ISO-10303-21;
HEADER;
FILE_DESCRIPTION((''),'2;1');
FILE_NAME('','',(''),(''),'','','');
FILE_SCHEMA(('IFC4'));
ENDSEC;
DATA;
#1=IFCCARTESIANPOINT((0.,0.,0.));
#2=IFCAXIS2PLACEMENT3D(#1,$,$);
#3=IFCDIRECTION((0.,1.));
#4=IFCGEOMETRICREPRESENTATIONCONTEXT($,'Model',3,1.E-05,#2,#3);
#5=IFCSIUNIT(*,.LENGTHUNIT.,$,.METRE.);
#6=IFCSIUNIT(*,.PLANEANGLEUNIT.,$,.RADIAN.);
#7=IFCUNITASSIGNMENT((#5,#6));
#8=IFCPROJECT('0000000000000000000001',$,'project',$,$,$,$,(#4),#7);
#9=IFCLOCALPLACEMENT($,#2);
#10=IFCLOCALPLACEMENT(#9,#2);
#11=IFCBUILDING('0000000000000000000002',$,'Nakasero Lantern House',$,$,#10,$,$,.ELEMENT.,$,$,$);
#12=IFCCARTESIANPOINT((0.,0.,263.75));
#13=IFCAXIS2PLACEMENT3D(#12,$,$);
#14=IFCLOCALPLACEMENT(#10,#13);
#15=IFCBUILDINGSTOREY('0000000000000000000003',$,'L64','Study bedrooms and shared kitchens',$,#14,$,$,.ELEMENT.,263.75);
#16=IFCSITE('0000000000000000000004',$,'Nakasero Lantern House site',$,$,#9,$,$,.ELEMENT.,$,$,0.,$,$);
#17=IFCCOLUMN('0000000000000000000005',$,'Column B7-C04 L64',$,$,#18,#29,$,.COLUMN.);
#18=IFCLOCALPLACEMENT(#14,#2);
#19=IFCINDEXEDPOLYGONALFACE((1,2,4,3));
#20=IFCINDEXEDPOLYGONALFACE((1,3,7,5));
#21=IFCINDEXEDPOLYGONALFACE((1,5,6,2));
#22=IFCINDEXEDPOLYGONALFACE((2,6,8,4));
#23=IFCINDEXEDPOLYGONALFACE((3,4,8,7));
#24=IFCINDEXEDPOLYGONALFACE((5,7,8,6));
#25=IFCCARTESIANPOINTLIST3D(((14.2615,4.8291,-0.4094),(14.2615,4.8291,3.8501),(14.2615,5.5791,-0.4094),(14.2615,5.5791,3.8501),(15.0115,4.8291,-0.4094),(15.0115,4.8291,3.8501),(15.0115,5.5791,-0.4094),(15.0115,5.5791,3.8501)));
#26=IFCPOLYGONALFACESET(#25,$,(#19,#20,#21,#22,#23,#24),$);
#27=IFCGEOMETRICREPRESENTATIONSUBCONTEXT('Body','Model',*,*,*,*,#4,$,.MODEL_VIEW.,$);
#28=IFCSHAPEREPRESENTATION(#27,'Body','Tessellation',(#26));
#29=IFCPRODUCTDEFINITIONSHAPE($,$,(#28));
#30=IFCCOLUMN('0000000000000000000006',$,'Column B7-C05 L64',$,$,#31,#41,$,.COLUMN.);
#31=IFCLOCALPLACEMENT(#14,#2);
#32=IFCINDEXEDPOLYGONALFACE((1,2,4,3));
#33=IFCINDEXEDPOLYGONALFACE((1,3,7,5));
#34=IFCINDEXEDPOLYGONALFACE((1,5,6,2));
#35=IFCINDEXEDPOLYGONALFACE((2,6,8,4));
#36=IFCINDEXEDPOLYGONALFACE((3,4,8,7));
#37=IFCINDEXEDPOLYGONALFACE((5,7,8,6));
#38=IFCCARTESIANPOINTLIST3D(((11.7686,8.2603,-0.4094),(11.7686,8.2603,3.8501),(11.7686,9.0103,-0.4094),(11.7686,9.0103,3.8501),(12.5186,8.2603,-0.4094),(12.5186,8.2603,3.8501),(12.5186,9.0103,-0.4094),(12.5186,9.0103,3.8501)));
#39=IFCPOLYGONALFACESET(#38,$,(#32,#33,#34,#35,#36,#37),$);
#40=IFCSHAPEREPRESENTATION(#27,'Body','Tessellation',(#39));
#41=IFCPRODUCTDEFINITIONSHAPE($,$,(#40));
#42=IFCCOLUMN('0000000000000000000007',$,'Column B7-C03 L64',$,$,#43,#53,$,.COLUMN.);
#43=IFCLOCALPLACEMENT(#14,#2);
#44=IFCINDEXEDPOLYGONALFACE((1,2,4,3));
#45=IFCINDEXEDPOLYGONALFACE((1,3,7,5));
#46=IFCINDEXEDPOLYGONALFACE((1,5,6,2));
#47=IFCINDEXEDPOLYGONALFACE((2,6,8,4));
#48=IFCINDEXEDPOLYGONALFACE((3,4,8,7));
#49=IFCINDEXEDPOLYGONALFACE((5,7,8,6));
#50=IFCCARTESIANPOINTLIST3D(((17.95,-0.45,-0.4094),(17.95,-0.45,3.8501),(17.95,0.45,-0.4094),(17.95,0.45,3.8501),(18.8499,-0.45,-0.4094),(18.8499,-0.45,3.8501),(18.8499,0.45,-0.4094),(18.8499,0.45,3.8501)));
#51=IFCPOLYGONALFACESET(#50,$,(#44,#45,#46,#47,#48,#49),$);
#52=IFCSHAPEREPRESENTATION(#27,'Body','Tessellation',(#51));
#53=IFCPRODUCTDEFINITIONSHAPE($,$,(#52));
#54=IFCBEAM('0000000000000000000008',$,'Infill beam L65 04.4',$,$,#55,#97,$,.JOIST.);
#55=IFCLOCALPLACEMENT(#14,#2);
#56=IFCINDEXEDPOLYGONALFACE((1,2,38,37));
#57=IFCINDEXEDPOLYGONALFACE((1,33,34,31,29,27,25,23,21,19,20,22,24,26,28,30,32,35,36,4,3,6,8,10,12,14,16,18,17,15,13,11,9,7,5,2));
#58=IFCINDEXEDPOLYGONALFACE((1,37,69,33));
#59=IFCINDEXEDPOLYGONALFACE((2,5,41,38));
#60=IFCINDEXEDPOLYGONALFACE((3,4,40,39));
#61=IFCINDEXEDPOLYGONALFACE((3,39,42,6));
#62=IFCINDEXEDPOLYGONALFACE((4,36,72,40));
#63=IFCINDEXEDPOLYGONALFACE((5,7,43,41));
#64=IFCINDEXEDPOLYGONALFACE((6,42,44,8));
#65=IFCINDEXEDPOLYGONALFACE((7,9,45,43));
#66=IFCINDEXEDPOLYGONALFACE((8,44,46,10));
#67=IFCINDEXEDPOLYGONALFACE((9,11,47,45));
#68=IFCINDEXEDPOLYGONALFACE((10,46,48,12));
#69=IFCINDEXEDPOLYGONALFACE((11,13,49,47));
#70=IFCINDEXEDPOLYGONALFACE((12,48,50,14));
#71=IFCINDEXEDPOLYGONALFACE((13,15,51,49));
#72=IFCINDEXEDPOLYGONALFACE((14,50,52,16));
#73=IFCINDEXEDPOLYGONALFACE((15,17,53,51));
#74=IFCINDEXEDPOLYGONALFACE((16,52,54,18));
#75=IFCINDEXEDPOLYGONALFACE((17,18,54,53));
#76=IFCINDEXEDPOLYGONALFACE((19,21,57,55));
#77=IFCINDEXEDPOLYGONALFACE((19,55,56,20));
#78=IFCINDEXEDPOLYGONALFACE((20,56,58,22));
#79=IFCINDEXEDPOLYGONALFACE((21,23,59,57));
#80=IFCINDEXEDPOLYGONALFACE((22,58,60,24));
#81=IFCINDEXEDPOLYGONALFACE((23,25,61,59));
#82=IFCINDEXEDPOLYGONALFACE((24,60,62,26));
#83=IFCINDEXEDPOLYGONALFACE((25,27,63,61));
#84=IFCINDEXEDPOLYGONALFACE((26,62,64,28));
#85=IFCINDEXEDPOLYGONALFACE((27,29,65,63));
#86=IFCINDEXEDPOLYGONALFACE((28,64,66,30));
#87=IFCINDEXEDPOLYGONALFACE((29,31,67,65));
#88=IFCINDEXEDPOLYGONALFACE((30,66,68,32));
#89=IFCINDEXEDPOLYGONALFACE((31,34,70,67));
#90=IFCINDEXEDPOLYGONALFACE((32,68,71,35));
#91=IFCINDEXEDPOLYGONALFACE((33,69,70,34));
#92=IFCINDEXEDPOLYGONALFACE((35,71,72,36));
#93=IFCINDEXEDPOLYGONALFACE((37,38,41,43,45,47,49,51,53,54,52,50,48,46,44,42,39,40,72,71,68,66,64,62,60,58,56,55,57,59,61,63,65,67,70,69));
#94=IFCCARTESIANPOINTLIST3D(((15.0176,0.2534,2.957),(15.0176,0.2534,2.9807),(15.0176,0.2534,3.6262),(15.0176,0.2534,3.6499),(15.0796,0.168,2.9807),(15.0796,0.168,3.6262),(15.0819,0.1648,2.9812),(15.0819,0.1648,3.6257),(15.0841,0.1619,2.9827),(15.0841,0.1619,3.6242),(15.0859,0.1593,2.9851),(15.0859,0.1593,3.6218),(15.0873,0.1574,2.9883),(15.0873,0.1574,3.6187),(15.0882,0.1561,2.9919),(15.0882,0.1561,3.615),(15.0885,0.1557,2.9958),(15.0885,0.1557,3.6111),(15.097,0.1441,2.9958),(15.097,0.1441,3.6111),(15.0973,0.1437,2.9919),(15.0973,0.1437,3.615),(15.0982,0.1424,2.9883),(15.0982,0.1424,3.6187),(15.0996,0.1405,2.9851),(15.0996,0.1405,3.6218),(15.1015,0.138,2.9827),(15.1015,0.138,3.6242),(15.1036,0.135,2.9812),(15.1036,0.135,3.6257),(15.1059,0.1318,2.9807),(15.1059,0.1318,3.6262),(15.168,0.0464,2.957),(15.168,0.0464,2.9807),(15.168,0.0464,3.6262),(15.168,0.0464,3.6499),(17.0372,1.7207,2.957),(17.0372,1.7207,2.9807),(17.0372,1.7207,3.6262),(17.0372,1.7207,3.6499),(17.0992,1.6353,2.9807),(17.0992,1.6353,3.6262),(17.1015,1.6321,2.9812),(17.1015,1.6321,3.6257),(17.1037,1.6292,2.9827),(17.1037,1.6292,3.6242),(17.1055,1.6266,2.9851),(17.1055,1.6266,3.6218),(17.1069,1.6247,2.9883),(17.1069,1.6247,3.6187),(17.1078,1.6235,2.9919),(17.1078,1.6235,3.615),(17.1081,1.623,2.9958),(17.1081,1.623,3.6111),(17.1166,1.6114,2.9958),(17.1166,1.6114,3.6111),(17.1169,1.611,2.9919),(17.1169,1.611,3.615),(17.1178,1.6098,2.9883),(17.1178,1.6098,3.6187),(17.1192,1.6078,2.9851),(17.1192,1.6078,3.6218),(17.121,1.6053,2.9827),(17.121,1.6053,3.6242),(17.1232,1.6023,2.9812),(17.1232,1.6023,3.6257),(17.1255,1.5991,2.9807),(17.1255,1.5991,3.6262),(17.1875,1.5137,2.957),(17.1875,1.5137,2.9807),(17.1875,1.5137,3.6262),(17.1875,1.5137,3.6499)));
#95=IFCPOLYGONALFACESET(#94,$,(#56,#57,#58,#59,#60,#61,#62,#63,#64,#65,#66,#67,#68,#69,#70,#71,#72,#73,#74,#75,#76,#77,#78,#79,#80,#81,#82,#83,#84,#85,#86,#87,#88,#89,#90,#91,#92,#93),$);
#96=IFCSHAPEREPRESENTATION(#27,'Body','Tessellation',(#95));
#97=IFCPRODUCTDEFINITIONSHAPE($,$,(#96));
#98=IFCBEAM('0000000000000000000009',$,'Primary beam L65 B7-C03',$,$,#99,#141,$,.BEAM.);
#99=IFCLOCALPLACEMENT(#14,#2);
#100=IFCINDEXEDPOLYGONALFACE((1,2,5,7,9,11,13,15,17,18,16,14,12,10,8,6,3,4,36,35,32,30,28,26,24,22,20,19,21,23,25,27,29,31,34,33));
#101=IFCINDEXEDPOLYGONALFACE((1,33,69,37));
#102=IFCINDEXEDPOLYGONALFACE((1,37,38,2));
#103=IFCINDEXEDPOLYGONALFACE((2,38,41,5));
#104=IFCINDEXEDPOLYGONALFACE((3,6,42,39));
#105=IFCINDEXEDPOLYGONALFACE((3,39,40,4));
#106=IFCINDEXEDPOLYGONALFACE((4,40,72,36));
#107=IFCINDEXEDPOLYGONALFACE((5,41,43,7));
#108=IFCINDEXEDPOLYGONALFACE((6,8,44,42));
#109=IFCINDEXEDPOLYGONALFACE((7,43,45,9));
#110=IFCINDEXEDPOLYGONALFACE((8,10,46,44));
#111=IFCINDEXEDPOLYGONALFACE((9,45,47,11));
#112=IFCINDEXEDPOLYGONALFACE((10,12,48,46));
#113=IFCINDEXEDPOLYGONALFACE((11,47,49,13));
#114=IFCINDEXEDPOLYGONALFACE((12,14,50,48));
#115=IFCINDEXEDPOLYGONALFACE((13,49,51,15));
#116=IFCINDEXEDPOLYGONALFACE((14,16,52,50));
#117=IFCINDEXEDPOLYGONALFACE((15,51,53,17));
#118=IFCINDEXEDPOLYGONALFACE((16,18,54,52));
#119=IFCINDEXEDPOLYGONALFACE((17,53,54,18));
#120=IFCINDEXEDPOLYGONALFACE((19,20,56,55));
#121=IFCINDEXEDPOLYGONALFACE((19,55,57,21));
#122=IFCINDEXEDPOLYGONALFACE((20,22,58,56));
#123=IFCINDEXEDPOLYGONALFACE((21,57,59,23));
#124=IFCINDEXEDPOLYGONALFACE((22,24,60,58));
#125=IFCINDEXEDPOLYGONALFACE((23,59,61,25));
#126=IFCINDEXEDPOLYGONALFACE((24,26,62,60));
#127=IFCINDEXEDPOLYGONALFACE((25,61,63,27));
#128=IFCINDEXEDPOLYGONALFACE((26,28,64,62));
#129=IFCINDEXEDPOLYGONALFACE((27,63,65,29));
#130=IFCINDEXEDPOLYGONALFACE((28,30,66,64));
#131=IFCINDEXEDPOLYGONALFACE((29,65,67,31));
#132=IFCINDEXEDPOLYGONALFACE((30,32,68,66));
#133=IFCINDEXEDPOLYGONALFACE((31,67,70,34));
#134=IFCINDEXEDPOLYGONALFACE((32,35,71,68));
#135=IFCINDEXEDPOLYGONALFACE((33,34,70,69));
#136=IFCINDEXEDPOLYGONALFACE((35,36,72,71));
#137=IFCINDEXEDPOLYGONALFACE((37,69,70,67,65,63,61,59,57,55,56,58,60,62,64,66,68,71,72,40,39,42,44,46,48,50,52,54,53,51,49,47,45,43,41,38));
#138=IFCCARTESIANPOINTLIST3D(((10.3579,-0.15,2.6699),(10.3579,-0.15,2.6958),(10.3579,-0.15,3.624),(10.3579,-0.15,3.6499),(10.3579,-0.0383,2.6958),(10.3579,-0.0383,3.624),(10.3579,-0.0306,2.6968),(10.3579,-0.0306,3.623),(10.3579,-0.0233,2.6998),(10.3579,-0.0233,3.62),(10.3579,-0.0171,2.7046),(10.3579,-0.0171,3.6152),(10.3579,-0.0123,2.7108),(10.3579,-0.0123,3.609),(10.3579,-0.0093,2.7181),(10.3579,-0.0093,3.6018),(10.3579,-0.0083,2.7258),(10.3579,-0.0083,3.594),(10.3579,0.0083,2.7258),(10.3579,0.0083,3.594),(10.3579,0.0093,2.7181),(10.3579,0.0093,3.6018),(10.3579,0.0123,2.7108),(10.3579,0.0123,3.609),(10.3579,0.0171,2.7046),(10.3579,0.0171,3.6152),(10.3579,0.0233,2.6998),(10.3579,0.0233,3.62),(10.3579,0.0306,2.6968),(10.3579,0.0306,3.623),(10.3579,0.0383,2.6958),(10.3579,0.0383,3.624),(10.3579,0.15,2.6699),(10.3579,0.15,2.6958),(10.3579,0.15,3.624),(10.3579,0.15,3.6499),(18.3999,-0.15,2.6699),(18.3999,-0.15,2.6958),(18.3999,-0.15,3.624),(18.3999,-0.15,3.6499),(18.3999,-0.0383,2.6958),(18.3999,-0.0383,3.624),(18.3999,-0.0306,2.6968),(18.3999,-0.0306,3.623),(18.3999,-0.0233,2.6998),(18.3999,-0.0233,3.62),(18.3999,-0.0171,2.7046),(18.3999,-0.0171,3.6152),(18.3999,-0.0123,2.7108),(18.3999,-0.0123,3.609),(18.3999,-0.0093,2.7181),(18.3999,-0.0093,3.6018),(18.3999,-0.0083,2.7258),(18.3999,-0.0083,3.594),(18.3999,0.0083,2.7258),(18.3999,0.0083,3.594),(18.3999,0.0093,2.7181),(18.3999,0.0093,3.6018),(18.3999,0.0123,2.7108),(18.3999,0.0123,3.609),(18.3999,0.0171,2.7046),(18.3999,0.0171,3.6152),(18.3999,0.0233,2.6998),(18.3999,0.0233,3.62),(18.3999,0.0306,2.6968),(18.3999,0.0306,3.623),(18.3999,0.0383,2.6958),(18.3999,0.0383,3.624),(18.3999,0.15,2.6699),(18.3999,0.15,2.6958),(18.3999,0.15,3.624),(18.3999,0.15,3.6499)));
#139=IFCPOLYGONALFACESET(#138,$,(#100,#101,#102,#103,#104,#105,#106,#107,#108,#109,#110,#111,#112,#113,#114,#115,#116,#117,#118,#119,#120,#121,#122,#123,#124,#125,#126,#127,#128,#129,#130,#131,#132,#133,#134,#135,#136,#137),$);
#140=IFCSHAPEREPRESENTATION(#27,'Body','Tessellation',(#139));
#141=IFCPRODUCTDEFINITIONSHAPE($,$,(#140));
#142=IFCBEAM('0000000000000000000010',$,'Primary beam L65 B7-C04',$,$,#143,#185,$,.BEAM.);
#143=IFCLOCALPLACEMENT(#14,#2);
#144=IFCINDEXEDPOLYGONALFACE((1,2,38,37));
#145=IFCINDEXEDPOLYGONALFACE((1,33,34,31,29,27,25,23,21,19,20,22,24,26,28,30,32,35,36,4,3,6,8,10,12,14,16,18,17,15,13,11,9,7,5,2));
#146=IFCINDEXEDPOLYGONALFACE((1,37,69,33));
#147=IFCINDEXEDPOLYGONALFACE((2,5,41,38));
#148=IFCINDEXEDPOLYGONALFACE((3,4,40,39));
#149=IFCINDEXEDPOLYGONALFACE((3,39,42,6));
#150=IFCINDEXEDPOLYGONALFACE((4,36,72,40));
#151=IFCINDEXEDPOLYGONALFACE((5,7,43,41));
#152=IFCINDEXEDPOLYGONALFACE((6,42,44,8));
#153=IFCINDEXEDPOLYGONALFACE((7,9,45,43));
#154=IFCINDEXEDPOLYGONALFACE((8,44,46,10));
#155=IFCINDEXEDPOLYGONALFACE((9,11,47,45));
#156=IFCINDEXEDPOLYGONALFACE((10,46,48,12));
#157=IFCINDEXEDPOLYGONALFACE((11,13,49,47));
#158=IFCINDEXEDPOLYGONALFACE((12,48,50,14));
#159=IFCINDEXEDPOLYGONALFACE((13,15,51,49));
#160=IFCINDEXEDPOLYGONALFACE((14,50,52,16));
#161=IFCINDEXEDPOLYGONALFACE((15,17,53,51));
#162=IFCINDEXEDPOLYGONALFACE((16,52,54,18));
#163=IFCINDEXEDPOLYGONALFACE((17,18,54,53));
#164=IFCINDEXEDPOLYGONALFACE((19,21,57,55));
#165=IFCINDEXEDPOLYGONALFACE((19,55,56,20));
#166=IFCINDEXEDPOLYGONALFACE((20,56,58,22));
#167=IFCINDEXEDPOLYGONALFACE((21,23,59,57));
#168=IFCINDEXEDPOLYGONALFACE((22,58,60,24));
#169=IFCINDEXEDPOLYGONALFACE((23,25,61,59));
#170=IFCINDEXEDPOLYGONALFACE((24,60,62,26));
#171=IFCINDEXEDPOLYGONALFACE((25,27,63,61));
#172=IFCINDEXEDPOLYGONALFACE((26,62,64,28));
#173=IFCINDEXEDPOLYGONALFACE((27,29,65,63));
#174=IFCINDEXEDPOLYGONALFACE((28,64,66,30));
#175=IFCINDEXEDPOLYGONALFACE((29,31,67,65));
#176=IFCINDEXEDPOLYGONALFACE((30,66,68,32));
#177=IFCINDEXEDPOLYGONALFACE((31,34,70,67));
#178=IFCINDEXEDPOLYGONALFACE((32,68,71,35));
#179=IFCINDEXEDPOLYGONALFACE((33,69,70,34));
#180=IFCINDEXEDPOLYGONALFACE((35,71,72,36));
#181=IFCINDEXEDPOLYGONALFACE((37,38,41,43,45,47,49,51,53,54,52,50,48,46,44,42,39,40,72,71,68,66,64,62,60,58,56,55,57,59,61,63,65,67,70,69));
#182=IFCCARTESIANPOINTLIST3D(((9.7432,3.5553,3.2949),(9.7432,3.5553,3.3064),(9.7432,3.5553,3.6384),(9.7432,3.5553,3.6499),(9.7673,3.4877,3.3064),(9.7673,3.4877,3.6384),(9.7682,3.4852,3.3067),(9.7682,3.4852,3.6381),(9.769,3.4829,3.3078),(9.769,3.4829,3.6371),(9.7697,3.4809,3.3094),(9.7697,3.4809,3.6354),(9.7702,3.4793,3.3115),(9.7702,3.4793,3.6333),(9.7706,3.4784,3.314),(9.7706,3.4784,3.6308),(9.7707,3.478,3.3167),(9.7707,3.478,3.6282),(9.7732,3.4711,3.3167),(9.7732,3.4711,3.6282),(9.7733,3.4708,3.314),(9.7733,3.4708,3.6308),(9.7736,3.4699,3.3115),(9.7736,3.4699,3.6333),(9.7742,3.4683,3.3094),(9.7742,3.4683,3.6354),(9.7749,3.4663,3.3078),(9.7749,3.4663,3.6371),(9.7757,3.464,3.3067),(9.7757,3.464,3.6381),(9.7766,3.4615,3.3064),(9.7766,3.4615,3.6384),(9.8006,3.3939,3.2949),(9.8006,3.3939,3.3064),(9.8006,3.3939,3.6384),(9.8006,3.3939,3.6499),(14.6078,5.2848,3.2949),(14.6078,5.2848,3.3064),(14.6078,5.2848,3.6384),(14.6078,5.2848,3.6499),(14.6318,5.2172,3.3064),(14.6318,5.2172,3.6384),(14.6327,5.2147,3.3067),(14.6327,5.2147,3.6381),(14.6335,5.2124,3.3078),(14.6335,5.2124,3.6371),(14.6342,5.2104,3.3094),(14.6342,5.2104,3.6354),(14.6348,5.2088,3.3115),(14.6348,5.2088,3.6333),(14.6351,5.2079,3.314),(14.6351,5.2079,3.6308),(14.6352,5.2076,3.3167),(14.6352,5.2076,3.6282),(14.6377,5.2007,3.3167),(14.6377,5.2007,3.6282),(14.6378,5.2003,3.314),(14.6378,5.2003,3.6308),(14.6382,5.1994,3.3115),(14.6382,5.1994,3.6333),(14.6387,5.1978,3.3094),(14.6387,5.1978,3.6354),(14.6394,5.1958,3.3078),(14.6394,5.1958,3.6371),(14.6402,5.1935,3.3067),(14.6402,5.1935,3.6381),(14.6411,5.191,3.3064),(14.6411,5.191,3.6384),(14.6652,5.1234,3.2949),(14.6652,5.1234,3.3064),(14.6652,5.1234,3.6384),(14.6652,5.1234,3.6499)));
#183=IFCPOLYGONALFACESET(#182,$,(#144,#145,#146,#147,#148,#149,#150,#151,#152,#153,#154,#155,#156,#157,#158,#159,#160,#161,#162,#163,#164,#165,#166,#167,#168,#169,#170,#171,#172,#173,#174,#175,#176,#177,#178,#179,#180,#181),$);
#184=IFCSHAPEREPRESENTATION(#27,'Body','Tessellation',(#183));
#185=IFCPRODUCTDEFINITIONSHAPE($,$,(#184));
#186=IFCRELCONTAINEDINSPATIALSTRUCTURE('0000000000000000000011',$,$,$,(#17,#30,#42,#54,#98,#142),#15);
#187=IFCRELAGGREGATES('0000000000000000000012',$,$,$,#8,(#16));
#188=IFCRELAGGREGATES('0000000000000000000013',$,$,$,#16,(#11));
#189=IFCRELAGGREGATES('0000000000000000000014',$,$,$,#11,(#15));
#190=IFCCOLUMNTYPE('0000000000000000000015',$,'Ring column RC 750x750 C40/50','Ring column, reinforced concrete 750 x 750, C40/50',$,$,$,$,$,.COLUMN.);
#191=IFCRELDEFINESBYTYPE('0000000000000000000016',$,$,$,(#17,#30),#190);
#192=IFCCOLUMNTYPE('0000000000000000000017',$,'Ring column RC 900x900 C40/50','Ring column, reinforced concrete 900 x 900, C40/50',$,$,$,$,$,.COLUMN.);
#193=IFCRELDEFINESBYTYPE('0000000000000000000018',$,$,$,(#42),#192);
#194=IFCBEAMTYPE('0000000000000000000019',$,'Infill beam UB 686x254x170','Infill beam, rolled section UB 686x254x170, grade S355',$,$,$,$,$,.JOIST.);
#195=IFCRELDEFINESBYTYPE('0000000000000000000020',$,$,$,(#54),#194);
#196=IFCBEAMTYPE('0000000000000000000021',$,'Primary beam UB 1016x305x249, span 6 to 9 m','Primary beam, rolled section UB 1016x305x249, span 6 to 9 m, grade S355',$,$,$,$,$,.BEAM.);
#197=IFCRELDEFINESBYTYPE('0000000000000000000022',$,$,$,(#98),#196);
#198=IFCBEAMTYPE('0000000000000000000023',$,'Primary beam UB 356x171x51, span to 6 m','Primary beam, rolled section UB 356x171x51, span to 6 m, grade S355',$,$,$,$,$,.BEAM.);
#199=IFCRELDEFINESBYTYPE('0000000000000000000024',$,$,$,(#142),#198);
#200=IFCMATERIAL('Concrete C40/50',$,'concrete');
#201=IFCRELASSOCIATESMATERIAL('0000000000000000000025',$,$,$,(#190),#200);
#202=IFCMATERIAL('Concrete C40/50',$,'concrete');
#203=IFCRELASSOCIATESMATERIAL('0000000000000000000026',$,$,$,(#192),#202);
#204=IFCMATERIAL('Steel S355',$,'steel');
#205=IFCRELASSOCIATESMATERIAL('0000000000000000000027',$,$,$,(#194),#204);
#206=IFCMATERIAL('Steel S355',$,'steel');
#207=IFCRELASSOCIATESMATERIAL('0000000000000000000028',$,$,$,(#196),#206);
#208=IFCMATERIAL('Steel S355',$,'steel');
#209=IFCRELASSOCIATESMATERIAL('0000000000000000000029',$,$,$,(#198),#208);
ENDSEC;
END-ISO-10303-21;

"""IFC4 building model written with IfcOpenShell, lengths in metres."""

from ifc_helpers import new_model, si_unit, direction, frame, origin, origin_2d, place, context, subcontext, project, spatial, rectangle, i_section, extrude, material, material_profile, profile_set, type_object, element, save


model = new_model("IFC4")

# Units and contexts
model_context = context("Model", 3, precision=1e-05, world=origin(), true_north=direction((0.0, 1.0)))
body_context = subcontext(model_context, "Body", "Model", "MODEL_VIEW")
ifc_project = project(units=[si_unit("LENGTHUNIT", "METRE"), si_unit("PLANEANGLEUNIT", "RADIAN")], contexts=[model_context])

# Site, building, storey
site_placement = place(None, origin())
site = spatial("IfcSite", under=ifc_project, at=site_placement, Name="Nakasero Lantern House site", CompositionType="ELEMENT", RefElevation=0.0)
building_placement = place(site_placement, origin())
building = spatial("IfcBuilding", under=site, at=building_placement, Name="Nakasero Lantern House", CompositionType="ELEMENT")
storey_placement = place(building_placement, frame((0.0, 0.0, 263.75)))
storey = spatial("IfcBuildingStorey", under=building, at=storey_placement, Name="L64", Description="Study bedrooms and shared kitchens", CompositionType="ELEMENT", Elevation=263.75)

# Columns
ifc_material_1 = material(Name="Concrete C40/50", Category="concrete")
ifc_material_profile_1 = material_profile(ifc_material_1, rectangle(XDim=0.75, YDim=0.75, at=origin_2d()), Name="RC 750x750")
ifc_profile_set_1 = profile_set([ifc_material_profile_1], Name="Concrete C40/50")
column_type_1 = type_object("IfcColumnType", Name="Ring column RC 750x750 C40/50", Description="Ring column, reinforced concrete 750 x 750, C40/50", PredefinedType="COLUMN", material=ifc_profile_set_1)
for number, where, z_axis, x_axis, name in (
    (1, (14.6365, 5.2041, -0.4094), (0.0, 0.0, 1.0), (1.0, 0.0, 0.0), "Column B7-C04 L64"),
    (2, (12.1436, 8.6353, -0.4094), (0.0, 0.0, 1.0), (1.0, 0.0, 0.0), "Column B7-C05 L64"),
):
    element("IfcColumn", number, at=place(storey_placement, frame(where, z_axis=z_axis, x_axis=x_axis)), inside=storey, type_object=column_type_1, Name=name, PredefinedType="COLUMN", context=body_context, shape_type="SweptSolid", body=[
        extrude(rectangle(XDim=0.75, YDim=0.75, at=origin_2d()), origin(), (0.0, 0.0, 1.0), 4.2595),
    ])
ifc_material_2 = material(Name="Concrete C40/50", Category="concrete")
ifc_material_profile_2 = material_profile(ifc_material_2, rectangle(XDim=0.8999, YDim=0.8999, at=origin_2d()), Name="RC 900x900")
ifc_profile_set_2 = profile_set([ifc_material_profile_2], Name="Concrete C40/50")
column_type_2 = type_object("IfcColumnType", Name="Ring column RC 900x900 C40/50", Description="Ring column, reinforced concrete 900 x 900, C40/50", PredefinedType="COLUMN", material=ifc_profile_set_2)
column_placement = place(storey_placement, frame((18.3999, 0.0, -0.4094), z_axis=(0.0, 0.0, 1.0), x_axis=(1.0, 0.0, 0.0)))
element("IfcColumn", 3, at=column_placement, inside=storey, type_object=column_type_2, Name="Column B7-C03 L64", PredefinedType="COLUMN", context=body_context, shape_type="SweptSolid", body=[
    extrude(rectangle(XDim=0.8999, YDim=0.8999, at=origin_2d()), origin(), (0.0, 0.0, 1.0), 4.2595),
])

# Beams
ifc_material_3 = material(Name="Steel S355", Category="steel")
ifc_material_profile_3 = material_profile(ifc_material_3, i_section(OverallWidth=0.2559, OverallDepth=0.6929, WebThickness=0.0144, FlangeThickness=0.0237, FilletRadius=0.0151, at=origin_2d()), Name="UB 686x254x170")
ifc_profile_set_3 = profile_set([ifc_material_profile_3], Name="Steel S355")
beam_type_1 = type_object("IfcBeamType", Name="Infill beam UB 686x254x170", Description="Infill beam, rolled section UB 686x254x170, grade S355", PredefinedType="JOIST", material=ifc_profile_set_3)
beam_1_placement = place(storey_placement, frame((15.0928, 0.1499, 3.3035), z_axis=(0.809015, 0.587788, 0.0), x_axis=(-0.587788, 0.809015, 0.0)))
element("IfcBeam", 4, at=beam_1_placement, inside=storey, type_object=beam_type_1, Name="Infill beam L65 04.4", PredefinedType="JOIST", context=body_context, shape_type="SweptSolid", body=[
    extrude(i_section(OverallWidth=0.2559, OverallDepth=0.6929, WebThickness=0.0144, FlangeThickness=0.0237, FilletRadius=0.0151, at=origin_2d()), origin(), (0.0, 0.0, 1.0), 2.4963),
])
ifc_material_4 = material(Name="Steel S355", Category="steel")
ifc_material_profile_4 = material_profile(ifc_material_4, i_section(OverallWidth=0.3, OverallDepth=0.98, WebThickness=0.0166, FlangeThickness=0.0259, FilletRadius=0.03, at=origin_2d()), Name="UB 1016x305x249")
ifc_profile_set_4 = profile_set([ifc_material_profile_4], Name="Steel S355")
beam_type_2 = type_object("IfcBeamType", Name="Primary beam UB 1016x305x249, span 6 to 9 m", Description="Primary beam, rolled section UB 1016x305x249, span 6 to 9 m, grade S355", PredefinedType="BEAM", material=ifc_profile_set_4)
beam_2_placement = place(storey_placement, frame((18.3999, 0.0, 3.1599), z_axis=(-1.0, 0.0, 0.0), x_axis=(0.0, -1.0, 0.0)))
element("IfcBeam", 5, at=beam_2_placement, inside=storey, type_object=beam_type_2, Name="Primary beam L65 B7-C03", PredefinedType="BEAM", context=body_context, shape_type="SweptSolid", body=[
    extrude(i_section(OverallWidth=0.3, OverallDepth=0.98, WebThickness=0.0166, FlangeThickness=0.0259, FilletRadius=0.03, at=origin_2d()), origin(), (0.0, 0.0, 1.0), 8.042),
])
ifc_material_5 = material(Name="Steel S355", Category="steel")
ifc_material_profile_5 = material_profile(ifc_material_5, i_section(OverallWidth=0.1714, OverallDepth=0.355, WebThickness=0.0073, FlangeThickness=0.0115, FilletRadius=0.0103, at=origin_2d()), Name="UB 356x171x51")
ifc_profile_set_5 = profile_set([ifc_material_profile_5], Name="Steel S355")
beam_type_3 = type_object("IfcBeamType", Name="Primary beam UB 356x171x51, span to 6 m", Description="Primary beam, rolled section UB 356x171x51, span to 6 m, grade S355", PredefinedType="BEAM", material=ifc_profile_set_5)
beam_3_placement = place(storey_placement, frame((14.6365, 5.2041, 3.4724), z_axis=(-0.942221, -0.334991, 0.0), x_axis=(0.334991, -0.942221, 0.0)))
element("IfcBeam", 6, at=beam_3_placement, inside=storey, type_object=beam_type_3, Name="Primary beam L65 B7-C04", PredefinedType="BEAM", context=body_context, shape_type="SweptSolid", body=[
    extrude(i_section(OverallWidth=0.1714, OverallDepth=0.355, WebThickness=0.0073, FlangeThickness=0.0115, FilletRadius=0.0103, at=origin_2d()), origin(), (0.0, 0.0, 1.0), 5.1628),
])

save(model, "model.ifc")
